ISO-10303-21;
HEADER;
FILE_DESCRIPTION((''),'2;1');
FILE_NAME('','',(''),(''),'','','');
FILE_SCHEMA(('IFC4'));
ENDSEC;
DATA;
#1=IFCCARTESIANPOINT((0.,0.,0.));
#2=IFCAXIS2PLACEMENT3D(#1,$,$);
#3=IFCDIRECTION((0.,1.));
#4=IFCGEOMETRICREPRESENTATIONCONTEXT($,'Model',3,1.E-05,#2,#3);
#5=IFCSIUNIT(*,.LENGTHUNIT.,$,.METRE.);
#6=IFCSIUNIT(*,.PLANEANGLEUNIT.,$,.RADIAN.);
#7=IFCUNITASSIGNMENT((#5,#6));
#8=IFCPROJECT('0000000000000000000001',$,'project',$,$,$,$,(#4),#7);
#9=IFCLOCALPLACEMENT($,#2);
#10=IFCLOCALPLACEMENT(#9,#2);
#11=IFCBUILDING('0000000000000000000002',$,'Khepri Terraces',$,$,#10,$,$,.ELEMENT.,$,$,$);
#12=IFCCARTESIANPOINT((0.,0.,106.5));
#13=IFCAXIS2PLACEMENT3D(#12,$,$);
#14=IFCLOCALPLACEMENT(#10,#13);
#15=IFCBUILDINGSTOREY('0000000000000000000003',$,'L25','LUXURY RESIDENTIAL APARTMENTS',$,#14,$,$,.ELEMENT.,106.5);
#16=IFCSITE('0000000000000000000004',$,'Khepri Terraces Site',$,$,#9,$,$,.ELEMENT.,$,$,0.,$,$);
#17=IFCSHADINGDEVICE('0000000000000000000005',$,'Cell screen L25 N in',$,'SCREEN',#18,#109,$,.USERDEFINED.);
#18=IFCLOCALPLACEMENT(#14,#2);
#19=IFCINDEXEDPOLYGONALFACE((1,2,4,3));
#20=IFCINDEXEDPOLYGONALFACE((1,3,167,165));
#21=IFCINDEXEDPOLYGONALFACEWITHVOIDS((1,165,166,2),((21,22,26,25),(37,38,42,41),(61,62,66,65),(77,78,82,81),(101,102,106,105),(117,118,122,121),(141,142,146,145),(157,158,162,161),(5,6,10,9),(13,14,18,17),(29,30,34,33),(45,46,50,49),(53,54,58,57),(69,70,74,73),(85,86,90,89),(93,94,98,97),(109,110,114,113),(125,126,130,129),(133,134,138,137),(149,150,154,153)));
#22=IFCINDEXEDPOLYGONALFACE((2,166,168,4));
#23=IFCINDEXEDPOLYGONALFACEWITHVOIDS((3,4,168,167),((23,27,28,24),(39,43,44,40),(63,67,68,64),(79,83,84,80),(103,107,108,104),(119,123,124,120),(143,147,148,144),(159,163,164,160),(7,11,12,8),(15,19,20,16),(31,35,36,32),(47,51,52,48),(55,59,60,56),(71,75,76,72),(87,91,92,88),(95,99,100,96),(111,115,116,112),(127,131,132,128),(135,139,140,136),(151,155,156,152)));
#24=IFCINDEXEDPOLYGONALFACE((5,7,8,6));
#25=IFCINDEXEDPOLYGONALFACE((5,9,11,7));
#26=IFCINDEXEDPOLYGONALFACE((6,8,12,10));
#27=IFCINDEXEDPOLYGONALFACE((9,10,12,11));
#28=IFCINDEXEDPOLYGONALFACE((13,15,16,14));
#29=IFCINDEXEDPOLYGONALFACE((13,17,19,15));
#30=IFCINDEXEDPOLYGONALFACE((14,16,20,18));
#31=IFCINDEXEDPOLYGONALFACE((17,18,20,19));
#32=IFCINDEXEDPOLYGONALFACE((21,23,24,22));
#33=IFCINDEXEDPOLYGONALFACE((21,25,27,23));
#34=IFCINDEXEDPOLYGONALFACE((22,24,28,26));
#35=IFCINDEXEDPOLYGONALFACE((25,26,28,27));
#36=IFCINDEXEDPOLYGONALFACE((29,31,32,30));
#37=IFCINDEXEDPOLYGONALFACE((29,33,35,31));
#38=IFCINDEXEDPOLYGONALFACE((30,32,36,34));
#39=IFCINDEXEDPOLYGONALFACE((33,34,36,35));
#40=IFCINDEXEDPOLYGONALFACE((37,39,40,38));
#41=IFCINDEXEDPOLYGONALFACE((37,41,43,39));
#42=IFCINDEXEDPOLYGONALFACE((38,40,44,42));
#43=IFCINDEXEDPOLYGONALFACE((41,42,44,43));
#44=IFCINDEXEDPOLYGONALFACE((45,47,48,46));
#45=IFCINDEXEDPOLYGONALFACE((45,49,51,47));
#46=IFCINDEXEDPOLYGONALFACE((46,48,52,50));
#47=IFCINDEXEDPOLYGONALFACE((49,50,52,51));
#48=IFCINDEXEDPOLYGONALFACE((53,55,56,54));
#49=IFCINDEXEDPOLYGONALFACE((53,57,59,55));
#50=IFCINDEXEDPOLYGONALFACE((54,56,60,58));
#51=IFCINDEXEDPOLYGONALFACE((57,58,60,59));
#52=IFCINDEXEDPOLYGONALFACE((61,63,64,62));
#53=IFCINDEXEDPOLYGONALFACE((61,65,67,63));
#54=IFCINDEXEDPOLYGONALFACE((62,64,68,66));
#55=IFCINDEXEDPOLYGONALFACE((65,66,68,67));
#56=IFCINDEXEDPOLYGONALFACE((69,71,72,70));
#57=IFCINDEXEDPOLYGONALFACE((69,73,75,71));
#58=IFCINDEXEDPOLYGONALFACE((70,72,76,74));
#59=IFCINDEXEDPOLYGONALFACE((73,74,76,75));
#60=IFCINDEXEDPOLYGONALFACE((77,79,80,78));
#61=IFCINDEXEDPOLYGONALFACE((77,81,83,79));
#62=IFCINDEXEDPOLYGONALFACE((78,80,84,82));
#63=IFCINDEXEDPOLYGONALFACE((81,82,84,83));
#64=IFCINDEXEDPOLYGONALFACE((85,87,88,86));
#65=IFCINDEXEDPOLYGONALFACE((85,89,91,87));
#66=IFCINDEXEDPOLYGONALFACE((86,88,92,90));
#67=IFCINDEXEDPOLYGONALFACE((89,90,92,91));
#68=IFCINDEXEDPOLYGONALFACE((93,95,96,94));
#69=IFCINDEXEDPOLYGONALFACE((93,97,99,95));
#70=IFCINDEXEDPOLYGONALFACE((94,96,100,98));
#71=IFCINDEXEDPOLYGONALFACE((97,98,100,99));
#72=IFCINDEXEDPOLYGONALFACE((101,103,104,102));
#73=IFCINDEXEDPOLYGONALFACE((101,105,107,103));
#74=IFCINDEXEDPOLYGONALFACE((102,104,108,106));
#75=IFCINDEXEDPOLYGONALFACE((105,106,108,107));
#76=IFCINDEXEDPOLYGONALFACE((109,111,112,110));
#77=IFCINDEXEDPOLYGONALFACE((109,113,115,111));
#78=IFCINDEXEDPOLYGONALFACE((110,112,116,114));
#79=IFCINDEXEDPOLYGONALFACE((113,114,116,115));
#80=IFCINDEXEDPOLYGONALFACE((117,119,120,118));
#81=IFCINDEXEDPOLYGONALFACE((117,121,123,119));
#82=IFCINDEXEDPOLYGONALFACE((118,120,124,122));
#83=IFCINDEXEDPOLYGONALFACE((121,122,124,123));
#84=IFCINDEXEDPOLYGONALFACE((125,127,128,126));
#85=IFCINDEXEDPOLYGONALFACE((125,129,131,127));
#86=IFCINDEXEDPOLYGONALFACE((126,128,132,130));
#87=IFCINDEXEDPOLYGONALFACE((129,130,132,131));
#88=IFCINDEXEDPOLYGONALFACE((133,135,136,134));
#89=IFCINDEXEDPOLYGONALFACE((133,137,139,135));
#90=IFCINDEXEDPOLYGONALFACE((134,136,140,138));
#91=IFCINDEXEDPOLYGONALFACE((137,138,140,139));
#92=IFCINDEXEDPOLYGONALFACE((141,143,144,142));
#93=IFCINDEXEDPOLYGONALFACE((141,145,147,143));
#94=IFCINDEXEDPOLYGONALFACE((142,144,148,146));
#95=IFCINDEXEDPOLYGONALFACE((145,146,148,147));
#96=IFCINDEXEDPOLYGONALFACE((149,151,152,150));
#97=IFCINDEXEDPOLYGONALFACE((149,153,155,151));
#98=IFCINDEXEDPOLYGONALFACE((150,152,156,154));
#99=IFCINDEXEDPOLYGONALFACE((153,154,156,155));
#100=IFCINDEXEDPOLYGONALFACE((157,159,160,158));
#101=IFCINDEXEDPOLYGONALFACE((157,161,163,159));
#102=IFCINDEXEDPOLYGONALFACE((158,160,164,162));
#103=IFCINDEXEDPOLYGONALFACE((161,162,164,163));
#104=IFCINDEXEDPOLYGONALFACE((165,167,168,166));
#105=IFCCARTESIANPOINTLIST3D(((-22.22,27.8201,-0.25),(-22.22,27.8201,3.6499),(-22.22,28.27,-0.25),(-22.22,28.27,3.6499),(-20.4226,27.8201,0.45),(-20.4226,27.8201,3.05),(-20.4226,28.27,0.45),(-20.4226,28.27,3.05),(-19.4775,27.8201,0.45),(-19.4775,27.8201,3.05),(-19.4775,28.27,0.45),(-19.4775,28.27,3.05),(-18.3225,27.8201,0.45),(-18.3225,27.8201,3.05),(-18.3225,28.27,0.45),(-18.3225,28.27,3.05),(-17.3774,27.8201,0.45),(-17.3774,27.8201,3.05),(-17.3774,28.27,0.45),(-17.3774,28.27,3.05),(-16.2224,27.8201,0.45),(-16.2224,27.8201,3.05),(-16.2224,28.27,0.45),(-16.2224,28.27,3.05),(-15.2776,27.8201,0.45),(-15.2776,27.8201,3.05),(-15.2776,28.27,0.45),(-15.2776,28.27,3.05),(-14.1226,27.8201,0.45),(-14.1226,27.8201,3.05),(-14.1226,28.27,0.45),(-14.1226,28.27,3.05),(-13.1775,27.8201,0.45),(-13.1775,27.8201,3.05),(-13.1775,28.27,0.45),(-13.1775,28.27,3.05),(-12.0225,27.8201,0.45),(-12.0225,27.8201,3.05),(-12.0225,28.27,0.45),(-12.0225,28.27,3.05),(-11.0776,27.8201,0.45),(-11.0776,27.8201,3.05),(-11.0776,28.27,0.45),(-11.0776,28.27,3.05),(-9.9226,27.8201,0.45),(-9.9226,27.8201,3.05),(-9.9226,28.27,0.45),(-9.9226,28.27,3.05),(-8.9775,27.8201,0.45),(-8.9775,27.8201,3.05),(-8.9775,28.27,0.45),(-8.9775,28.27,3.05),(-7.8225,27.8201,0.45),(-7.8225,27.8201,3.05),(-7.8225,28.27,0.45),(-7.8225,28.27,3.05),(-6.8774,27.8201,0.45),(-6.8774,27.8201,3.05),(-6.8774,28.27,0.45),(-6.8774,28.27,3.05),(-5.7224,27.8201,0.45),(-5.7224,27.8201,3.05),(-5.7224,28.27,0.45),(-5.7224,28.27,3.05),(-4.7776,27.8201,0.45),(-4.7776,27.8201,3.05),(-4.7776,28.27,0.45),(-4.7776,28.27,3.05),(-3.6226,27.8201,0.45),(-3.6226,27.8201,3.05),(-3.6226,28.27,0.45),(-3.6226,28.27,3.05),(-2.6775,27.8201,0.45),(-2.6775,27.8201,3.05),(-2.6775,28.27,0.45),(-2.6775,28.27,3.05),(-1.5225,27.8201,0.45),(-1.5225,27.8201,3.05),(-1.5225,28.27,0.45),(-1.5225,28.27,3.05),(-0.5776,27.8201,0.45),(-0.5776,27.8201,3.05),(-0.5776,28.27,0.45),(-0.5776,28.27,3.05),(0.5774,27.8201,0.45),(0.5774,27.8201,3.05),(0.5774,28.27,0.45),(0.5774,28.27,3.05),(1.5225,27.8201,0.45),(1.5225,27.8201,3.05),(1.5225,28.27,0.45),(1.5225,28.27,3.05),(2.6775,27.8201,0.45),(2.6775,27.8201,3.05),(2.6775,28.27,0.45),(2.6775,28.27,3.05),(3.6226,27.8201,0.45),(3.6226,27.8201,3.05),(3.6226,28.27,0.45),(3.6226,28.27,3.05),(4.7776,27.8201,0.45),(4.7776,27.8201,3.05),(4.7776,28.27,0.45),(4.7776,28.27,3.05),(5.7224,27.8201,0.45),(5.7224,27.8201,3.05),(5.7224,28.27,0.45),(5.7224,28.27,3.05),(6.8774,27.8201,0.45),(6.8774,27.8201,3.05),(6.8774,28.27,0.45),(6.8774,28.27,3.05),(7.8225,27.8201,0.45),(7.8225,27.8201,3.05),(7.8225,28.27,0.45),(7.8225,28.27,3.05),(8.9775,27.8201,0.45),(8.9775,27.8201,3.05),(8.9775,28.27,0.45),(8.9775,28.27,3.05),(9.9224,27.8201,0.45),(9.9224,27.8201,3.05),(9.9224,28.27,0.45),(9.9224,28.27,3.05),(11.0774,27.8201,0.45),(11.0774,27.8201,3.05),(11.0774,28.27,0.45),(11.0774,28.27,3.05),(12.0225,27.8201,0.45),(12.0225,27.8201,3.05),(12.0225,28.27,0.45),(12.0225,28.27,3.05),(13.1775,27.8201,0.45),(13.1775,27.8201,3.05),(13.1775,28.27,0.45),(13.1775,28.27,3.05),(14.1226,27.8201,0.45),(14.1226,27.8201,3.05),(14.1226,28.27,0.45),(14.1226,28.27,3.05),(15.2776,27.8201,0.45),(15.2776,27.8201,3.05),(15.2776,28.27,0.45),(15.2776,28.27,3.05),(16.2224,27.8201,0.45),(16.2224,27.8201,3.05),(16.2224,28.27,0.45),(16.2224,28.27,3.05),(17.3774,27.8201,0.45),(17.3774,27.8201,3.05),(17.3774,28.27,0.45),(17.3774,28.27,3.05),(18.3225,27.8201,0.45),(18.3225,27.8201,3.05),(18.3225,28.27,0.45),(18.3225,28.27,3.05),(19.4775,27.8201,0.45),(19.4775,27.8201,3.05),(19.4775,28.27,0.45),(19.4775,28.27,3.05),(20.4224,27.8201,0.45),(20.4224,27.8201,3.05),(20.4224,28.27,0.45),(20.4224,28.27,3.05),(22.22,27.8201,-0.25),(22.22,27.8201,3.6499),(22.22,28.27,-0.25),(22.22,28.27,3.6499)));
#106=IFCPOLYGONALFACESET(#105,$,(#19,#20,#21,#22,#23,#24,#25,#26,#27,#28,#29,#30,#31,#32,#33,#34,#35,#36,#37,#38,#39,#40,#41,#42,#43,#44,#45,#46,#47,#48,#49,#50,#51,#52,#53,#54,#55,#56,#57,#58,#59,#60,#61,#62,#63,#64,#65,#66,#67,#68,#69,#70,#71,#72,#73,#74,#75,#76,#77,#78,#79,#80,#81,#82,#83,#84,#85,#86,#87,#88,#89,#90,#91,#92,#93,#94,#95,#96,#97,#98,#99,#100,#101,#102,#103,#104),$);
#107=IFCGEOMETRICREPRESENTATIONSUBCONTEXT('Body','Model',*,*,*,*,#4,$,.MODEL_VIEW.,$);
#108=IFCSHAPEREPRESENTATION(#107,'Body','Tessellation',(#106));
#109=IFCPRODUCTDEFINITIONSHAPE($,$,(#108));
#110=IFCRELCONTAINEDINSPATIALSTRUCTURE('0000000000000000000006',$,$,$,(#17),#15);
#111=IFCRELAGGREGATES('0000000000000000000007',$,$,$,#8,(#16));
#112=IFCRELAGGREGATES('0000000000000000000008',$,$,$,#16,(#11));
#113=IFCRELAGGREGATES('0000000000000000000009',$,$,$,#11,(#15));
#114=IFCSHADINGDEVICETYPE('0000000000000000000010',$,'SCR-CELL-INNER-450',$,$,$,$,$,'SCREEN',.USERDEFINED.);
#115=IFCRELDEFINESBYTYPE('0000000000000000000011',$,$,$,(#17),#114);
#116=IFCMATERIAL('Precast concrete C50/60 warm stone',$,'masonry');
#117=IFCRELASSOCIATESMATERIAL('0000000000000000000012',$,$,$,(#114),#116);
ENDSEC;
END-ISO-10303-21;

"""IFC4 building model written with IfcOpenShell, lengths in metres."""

from ifc_helpers import new_model, si_unit, direction, frame, origin, place, context, subcontext, project, spatial, polyline, outline, extrude, material, type_object, element, save


model = new_model("IFC4")

# Units and contexts
model_context = context("Model", 3, precision=1e-05, world=origin(), true_north=direction((0.0, 1.0)))
body_context = subcontext(model_context, "Body", "Model", "MODEL_VIEW")
ifc_project = project(units=[si_unit("LENGTHUNIT", "METRE"), si_unit("PLANEANGLEUNIT", "RADIAN")], contexts=[model_context])

# Site, building, storey
site_placement = place(None, origin())
site = spatial("IfcSite", under=ifc_project, at=site_placement, Name="Khepri Terraces Site", CompositionType="ELEMENT", RefElevation=0.0)
building_placement = place(site_placement, origin())
building = spatial("IfcBuilding", under=site, at=building_placement, Name="Khepri Terraces", CompositionType="ELEMENT")
storey_placement = place(building_placement, frame((0.0, 0.0, 106.5)))
storey = spatial("IfcBuildingStorey", under=building, at=storey_placement, Name="L25", Description="LUXURY RESIDENTIAL APARTMENTS", CompositionType="ELEMENT", Elevation=106.5)

# Shared definitions
ifc_material_1 = material(Name="Precast concrete C50/60 warm stone", Category="masonry")

# Shading device
shading_device_type_1 = type_object("IfcShadingDeviceType", Name="SCR-CELL-INNER-450", ElementType="SCREEN", PredefinedType="USERDEFINED", material=ifc_material_1)
shading_device_1_placement = place(storey_placement, frame((22.22, 27.8201, -0.25), z_axis=(0.0, 1.0, 0.0), x_axis=(-1.0, 0.0, 0.0)))
element("IfcShadingDevice", 1, at=shading_device_1_placement, inside=storey, type_object=shading_device_type_1, Name="Cell screen L25 N in", ObjectType="SCREEN", PredefinedType="USERDEFINED", context=body_context, shape_type="SweptSolid", body=[
    extrude(outline(polyline([(0.0, 0.0), (44.4399, 0.0), (44.4399, 3.8999), (0.0, 3.8999), (0.0, 0.0)]), holes=[polyline([(1.7976, 0.7), (2.7424, 0.7), (2.7424, 3.3), (1.7976, 3.3), (1.7976, 0.7)]), polyline([(3.8975, 0.7), (4.8425, 0.7), (4.8425, 3.3), (3.8975, 3.3), (3.8975, 0.7)]), polyline([(5.9976, 0.7), (6.9424, 0.7), (6.9424, 3.3), (5.9976, 3.3), (5.9976, 0.7)]), polyline([(8.0974, 0.7), (9.0425, 0.7), (9.0425, 3.3), (8.0974, 3.3), (8.0974, 0.7)]), polyline([(10.1975, 0.7), (11.1426, 0.7), (11.1426, 3.3), (10.1975, 3.3), (10.1975, 0.7)]), polyline([(12.2976, 0.7), (13.2424, 0.7), (13.2424, 3.3), (12.2976, 3.3), (12.2976, 0.7)]), polyline([(14.3975, 0.7), (15.3425, 0.7), (15.3425, 3.3), (14.3975, 3.3), (14.3975, 0.7)]), polyline([(16.4976, 0.7), (17.4424, 0.7), (17.4424, 3.3), (16.4976, 3.3), (16.4976, 0.7)]), polyline([(18.5974, 0.7), (19.5425, 0.7), (19.5425, 3.3), (18.5974, 3.3), (18.5974, 0.7)]), polyline([(20.6975, 0.7), (21.6426, 0.7), (21.6426, 3.3), (20.6975, 3.3), (20.6975, 0.7)]), polyline([(22.7976, 0.7), (23.7424, 0.7), (23.7424, 3.3), (22.7976, 3.3), (22.7976, 0.7)]), polyline([(24.8975, 0.7), (25.8425, 0.7), (25.8425, 3.3), (24.8975, 3.3), (24.8975, 0.7)]), polyline([(26.9976, 0.7), (27.9424, 0.7), (27.9424, 3.3), (26.9976, 3.3), (26.9976, 0.7)]), polyline([(29.0974, 0.7), (30.0425, 0.7), (30.0425, 3.3), (29.0974, 3.3), (29.0974, 0.7)]), polyline([(31.1975, 0.7), (32.1426, 0.7), (32.1426, 3.3), (31.1975, 3.3), (31.1975, 0.7)]), polyline([(33.2976, 0.7), (34.2424, 0.7), (34.2424, 3.3), (33.2976, 3.3), (33.2976, 0.7)]), polyline([(35.3975, 0.7), (36.3425, 0.7), (36.3425, 3.3), (35.3975, 3.3), (35.3975, 0.7)]), polyline([(37.4976, 0.7), (38.4424, 0.7), (38.4424, 3.3), (37.4976, 3.3), (37.4976, 0.7)]), polyline([(39.5974, 0.7), (40.5425, 0.7), (40.5425, 3.3), (39.5974, 3.3), (39.5974, 0.7)]), polyline([(41.6975, 0.7), (42.6426, 0.7), (42.6426, 3.3), (41.6975, 3.3), (41.6975, 0.7)])]), origin(), (0.0, 0.0, 1.0), 0.45),
])

save(model, "model.ifc")
